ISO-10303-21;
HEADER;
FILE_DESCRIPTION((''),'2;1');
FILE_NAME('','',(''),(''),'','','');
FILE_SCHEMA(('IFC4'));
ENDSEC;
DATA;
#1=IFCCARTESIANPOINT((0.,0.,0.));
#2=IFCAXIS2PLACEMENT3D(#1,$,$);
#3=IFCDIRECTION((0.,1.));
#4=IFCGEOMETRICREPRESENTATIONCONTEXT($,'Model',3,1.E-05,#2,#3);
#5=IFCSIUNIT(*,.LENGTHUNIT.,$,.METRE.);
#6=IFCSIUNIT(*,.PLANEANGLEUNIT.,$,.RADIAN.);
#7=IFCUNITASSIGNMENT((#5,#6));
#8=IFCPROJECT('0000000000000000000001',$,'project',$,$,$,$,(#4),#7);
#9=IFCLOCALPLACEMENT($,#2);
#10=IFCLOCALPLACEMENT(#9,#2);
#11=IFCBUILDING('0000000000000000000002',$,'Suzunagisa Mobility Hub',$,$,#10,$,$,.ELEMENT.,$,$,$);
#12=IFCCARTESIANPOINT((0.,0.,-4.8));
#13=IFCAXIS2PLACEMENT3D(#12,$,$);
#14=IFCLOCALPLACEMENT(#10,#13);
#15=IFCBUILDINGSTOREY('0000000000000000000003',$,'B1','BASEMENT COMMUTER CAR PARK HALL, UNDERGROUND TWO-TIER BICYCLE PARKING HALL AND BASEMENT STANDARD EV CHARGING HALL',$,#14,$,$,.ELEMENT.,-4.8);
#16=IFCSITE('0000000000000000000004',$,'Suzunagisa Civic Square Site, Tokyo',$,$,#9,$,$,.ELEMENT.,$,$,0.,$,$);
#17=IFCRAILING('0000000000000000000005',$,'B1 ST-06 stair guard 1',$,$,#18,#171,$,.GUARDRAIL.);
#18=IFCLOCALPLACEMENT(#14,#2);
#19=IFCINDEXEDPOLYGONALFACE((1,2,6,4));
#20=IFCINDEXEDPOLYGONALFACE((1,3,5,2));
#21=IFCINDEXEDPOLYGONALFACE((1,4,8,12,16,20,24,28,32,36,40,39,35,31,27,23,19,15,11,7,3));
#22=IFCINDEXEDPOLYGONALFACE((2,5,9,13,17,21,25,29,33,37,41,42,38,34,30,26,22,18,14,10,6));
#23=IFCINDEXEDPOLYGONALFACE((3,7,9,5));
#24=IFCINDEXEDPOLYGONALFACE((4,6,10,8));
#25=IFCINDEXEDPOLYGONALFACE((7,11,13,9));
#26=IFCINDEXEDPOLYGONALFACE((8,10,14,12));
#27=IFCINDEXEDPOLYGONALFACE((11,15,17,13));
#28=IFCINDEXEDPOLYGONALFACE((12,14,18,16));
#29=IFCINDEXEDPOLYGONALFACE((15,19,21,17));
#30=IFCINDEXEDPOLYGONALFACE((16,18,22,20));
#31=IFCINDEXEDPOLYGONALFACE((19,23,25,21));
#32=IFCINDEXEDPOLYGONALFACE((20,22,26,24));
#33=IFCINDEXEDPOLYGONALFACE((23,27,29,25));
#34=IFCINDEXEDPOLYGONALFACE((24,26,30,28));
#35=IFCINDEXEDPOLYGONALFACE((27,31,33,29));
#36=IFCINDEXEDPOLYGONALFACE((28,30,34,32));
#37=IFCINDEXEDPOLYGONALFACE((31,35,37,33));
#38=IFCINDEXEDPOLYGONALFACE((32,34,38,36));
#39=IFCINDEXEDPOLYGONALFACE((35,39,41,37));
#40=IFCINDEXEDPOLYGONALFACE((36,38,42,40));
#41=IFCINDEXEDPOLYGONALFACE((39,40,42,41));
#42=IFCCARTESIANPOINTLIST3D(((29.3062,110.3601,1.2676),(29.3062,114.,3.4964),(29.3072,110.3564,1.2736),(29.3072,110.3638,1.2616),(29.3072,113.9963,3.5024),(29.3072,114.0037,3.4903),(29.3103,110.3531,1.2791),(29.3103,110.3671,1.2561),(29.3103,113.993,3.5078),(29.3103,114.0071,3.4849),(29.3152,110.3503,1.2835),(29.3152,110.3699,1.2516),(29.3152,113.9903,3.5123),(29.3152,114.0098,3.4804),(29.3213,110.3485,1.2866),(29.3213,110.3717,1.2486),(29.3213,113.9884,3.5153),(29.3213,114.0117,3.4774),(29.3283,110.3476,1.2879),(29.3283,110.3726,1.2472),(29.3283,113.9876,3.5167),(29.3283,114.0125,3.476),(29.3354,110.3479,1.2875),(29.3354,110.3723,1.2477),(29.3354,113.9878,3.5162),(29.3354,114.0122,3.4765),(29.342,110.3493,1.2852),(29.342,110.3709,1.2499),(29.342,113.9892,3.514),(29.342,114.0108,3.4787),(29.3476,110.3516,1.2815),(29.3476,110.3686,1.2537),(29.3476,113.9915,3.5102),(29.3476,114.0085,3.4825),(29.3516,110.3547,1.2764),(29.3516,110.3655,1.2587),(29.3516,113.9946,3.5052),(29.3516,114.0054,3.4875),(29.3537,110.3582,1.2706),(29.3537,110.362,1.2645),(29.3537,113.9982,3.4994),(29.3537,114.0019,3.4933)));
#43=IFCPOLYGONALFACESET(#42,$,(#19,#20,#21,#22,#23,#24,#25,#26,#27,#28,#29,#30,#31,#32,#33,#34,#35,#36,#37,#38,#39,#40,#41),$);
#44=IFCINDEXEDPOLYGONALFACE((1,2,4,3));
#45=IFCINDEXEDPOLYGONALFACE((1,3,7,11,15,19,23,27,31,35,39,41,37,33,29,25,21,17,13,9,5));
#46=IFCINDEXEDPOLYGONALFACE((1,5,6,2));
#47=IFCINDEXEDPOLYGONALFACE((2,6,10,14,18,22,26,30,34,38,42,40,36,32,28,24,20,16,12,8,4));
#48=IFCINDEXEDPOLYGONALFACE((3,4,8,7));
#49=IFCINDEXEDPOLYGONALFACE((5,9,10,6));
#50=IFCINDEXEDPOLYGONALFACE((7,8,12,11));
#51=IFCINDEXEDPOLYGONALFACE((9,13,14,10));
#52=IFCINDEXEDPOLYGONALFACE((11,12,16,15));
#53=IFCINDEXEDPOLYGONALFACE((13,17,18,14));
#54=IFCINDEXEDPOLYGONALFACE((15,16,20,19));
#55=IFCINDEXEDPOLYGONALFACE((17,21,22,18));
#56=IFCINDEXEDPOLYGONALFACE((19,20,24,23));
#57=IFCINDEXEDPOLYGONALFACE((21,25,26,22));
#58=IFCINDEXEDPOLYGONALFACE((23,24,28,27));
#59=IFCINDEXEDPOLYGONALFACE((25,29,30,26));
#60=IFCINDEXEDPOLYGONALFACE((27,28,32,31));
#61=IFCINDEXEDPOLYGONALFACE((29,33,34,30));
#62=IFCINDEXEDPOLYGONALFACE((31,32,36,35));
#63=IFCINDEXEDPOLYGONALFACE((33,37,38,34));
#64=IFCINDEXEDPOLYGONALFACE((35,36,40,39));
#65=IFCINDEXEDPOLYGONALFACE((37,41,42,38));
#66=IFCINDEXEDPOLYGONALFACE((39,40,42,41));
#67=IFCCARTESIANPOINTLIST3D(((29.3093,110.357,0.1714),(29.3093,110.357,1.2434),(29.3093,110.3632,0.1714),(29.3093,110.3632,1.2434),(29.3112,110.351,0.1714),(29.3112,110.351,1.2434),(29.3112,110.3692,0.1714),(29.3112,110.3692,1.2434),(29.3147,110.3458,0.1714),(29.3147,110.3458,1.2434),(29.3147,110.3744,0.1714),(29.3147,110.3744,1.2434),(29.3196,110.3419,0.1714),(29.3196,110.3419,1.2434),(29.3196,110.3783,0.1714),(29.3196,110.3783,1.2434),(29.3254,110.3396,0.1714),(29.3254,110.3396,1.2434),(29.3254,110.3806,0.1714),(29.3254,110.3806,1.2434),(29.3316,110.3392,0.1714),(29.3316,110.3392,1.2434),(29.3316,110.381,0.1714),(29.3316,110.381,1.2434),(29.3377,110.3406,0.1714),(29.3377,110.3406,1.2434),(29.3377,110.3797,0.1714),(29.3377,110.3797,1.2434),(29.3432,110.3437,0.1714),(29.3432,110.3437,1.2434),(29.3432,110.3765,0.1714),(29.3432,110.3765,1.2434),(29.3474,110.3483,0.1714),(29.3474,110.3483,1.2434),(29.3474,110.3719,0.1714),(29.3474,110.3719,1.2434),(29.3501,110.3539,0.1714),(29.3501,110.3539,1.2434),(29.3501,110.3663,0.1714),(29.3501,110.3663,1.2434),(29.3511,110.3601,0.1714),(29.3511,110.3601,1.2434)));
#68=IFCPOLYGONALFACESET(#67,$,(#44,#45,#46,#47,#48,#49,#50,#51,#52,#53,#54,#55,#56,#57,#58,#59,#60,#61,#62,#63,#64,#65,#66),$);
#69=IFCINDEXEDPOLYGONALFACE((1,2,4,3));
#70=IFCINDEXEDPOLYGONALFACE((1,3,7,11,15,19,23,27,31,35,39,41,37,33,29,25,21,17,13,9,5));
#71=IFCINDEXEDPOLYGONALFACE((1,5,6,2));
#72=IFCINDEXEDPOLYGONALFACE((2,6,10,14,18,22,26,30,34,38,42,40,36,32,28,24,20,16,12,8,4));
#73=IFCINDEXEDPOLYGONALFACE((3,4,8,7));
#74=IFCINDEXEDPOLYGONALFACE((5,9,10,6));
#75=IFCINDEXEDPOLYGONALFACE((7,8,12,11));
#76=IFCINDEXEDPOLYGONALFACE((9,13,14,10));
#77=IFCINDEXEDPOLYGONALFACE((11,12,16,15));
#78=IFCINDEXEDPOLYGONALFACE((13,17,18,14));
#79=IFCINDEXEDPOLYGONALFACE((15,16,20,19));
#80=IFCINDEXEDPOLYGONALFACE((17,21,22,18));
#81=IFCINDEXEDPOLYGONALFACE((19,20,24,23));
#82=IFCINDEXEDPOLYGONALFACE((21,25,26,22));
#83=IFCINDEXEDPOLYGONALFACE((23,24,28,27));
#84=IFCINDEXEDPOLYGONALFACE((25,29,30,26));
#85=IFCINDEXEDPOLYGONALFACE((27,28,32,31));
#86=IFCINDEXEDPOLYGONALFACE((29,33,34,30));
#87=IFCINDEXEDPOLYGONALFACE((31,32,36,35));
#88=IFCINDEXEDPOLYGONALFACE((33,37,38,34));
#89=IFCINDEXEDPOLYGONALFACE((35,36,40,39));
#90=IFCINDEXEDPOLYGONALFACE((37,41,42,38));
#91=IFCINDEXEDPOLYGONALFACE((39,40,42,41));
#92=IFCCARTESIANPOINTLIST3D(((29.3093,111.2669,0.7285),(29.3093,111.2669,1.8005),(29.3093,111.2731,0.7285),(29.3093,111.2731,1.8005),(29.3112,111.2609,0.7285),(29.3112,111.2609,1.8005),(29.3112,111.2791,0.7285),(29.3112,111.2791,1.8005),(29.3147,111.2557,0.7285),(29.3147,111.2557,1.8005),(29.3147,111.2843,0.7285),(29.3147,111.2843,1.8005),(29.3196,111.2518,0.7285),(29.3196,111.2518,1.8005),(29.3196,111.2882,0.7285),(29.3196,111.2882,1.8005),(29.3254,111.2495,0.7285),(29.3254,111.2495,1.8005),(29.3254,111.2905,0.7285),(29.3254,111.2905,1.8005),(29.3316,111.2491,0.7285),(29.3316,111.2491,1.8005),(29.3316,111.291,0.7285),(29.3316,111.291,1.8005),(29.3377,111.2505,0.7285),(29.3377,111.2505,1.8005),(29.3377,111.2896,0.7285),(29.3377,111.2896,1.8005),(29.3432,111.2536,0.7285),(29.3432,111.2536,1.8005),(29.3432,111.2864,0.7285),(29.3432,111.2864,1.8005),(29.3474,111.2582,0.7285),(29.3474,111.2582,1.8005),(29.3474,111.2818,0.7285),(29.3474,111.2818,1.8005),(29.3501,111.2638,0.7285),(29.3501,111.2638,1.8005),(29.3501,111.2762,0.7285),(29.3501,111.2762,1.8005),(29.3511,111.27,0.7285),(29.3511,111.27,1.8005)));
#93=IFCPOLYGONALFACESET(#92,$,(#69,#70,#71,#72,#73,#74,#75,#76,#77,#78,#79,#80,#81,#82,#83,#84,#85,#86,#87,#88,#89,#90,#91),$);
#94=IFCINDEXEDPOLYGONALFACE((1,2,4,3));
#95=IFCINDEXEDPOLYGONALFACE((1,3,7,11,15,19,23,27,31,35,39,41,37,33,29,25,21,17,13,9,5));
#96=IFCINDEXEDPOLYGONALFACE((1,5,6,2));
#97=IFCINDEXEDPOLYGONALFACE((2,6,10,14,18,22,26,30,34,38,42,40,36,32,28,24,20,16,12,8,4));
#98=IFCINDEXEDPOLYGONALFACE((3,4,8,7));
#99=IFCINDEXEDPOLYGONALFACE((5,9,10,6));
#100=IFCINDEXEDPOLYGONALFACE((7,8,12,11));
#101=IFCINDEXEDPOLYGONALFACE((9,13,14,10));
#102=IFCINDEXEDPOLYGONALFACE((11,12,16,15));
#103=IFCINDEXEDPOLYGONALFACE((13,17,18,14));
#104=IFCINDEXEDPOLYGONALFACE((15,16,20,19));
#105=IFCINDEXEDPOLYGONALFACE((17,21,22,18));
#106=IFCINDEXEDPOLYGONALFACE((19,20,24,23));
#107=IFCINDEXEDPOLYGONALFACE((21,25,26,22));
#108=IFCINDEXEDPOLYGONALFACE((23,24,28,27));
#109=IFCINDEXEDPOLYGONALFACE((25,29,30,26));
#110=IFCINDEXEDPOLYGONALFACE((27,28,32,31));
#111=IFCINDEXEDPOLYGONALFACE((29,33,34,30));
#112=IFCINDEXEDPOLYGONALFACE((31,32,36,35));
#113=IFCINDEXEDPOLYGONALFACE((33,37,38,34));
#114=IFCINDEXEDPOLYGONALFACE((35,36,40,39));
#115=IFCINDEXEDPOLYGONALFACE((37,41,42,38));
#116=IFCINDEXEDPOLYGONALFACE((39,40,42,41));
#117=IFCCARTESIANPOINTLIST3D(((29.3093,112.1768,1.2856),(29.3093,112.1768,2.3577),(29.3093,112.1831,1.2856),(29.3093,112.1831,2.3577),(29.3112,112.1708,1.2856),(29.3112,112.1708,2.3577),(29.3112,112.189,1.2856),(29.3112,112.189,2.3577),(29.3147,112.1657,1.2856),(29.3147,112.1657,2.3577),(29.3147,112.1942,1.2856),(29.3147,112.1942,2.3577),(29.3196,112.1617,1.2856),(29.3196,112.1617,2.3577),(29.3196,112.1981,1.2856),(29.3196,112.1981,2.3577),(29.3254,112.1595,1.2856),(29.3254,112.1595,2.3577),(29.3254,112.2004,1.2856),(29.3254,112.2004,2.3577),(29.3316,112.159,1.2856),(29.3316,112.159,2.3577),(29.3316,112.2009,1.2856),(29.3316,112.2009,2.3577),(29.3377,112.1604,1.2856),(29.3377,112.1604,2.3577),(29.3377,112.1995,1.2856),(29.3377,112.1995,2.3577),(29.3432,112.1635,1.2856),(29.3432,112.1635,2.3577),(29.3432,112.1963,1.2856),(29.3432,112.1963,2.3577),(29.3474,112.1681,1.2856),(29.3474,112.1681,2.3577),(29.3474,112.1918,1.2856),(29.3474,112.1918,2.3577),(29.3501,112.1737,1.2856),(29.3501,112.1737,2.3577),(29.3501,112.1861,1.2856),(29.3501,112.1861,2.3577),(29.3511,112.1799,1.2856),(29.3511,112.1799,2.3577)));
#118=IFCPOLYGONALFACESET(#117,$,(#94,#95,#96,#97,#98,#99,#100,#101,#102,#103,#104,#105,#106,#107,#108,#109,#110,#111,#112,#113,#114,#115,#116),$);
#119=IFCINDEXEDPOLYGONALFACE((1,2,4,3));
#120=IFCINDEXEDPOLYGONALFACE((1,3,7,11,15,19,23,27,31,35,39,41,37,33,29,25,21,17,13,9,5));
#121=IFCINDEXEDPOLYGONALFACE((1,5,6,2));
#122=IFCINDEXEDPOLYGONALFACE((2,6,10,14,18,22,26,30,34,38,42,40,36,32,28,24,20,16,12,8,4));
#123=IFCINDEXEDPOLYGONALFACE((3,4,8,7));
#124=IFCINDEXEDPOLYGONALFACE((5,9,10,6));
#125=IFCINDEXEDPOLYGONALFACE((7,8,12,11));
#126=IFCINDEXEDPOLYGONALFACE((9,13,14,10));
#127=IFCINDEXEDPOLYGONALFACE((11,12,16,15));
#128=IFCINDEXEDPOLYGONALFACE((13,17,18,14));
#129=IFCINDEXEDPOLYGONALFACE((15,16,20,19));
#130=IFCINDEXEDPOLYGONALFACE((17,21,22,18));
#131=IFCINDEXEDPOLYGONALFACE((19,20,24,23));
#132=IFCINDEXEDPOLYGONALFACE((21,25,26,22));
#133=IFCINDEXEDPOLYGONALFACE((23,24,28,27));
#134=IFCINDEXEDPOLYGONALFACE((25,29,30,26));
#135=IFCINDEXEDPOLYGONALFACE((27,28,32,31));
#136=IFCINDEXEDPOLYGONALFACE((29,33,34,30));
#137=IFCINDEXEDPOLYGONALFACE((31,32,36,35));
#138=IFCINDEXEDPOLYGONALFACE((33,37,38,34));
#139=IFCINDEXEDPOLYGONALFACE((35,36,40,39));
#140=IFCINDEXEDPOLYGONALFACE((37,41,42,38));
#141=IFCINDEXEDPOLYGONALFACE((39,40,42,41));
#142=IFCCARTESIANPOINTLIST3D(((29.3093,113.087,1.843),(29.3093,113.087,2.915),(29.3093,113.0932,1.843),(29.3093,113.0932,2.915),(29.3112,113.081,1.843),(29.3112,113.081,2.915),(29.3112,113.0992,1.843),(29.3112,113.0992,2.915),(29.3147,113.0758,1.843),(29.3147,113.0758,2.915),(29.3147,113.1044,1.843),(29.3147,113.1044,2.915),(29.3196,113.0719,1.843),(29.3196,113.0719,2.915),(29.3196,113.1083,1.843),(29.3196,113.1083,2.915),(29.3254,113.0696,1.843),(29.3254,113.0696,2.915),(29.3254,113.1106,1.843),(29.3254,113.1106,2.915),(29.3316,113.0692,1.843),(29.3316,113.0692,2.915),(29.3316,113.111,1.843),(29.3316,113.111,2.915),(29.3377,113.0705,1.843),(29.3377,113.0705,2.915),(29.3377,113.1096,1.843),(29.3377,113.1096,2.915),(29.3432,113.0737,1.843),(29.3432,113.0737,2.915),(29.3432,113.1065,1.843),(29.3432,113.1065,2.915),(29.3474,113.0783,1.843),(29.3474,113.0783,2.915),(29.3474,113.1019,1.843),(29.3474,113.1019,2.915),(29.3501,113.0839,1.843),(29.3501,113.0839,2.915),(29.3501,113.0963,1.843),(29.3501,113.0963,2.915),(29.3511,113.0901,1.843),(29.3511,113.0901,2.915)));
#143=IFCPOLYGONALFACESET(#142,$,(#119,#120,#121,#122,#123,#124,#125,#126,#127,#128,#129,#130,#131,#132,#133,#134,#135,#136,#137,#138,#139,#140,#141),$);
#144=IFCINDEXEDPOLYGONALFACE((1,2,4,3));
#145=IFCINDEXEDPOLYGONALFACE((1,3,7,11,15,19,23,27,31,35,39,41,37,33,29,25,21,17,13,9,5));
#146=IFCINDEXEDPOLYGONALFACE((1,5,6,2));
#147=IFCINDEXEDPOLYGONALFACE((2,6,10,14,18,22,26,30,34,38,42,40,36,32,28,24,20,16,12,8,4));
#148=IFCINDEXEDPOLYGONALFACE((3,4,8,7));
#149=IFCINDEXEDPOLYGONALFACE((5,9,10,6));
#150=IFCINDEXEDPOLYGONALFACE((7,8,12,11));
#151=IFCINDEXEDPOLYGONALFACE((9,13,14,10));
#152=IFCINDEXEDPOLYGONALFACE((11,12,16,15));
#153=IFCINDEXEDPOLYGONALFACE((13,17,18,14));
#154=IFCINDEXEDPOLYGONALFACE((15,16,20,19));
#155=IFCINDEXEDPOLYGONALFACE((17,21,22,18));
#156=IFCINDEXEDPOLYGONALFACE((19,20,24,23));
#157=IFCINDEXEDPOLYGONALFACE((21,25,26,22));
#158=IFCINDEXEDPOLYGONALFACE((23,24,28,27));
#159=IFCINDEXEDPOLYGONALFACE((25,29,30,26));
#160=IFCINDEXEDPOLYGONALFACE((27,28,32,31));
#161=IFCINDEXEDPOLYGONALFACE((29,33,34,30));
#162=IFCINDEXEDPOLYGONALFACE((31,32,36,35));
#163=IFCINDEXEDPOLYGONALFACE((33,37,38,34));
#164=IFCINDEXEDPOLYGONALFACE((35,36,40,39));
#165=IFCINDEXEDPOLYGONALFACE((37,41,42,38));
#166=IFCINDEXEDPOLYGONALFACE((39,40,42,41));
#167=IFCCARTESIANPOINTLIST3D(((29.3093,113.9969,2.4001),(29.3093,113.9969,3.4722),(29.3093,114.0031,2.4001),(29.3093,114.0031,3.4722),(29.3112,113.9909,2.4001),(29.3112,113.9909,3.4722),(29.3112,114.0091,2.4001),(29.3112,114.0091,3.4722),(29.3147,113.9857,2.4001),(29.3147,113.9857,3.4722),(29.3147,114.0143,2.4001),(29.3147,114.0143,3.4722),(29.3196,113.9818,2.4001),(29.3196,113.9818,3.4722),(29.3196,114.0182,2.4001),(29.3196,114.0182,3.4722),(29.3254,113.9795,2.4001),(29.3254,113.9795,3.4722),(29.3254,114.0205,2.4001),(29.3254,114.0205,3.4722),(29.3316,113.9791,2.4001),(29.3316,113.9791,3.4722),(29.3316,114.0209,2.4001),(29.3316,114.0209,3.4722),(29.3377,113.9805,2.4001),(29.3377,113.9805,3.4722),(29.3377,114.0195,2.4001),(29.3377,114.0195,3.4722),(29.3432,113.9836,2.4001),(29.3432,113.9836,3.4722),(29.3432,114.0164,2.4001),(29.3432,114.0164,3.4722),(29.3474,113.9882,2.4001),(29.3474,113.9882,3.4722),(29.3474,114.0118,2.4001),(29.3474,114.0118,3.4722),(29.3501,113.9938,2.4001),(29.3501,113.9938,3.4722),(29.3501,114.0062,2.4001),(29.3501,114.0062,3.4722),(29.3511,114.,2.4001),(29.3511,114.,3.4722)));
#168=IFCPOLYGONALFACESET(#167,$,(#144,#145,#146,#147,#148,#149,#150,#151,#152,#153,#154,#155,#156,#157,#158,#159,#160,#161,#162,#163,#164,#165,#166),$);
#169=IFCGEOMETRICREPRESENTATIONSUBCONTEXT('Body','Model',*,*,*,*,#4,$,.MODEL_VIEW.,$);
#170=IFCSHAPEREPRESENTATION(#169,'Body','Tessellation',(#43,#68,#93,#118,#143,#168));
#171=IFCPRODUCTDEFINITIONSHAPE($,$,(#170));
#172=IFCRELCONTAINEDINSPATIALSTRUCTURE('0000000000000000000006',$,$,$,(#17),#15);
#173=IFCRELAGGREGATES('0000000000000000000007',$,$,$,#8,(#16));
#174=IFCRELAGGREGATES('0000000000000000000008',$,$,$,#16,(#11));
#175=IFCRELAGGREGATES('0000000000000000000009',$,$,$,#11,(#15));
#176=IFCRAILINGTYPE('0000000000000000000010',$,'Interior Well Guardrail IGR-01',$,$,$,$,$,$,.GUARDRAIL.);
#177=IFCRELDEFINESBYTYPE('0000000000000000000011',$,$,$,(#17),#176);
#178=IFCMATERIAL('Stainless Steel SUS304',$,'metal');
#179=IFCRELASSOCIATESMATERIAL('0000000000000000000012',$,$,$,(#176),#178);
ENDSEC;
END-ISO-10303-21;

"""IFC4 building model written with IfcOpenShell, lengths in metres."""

from ifc_helpers import new_model, si_unit, direction, frame, origin, origin_2d, place, context, subcontext, project, spatial, circle, extrude, material, type_object, element, save


model = new_model("IFC4")

# Units and contexts
model_context = context("Model", 3, precision=1e-05, world=origin(), true_north=direction((0.0, 1.0)))
body_context = subcontext(model_context, "Body", "Model", "MODEL_VIEW")
ifc_project = project(units=[si_unit("LENGTHUNIT", "METRE"), si_unit("PLANEANGLEUNIT", "RADIAN")], contexts=[model_context])

# Site, building, storey
site_placement = place(None, origin())
site = spatial("IfcSite", under=ifc_project, at=site_placement, Name="Suzunagisa Civic Square Site, Tokyo", CompositionType="ELEMENT", RefElevation=0.0)
building_placement = place(site_placement, origin())
building = spatial("IfcBuilding", under=site, at=building_placement, Name="Suzunagisa Mobility Hub", CompositionType="ELEMENT")
storey_placement = place(building_placement, frame((0.0, 0.0, -4.8)))
storey = spatial("IfcBuildingStorey", under=building, at=storey_placement, Name="B1", Description="BASEMENT COMMUTER CAR PARK HALL, UNDERGROUND TWO-TIER BICYCLE PARKING HALL AND BASEMENT STANDARD EV CHARGING HALL", CompositionType="ELEMENT", Elevation=-4.8)

# Railing
ifc_material_1 = material(Name="Stainless Steel SUS304", Category="metal")
railing_type_1 = type_object("IfcRailingType", Name="Interior Well Guardrail IGR-01", PredefinedType="GUARDRAIL", material=ifc_material_1)
railing_1_placement = place(storey_placement, frame((29.3301, 110.3601, 0.1714)))
element("IfcRailing", 1, at=railing_1_placement, inside=storey, type_object=railing_type_1, Name="B1 ST-06 stair guard 1", PredefinedType="GUARDRAIL", context=body_context, shape_type="SweptSolid", body=[
    extrude(circle(Radius=0.0239, at=origin_2d()), frame((0.0, 0.0, 1.0962), z_axis=(0.0, 0.852825, 0.522197), x_axis=(-1.0, 0.0, 0.0)), (0.0, 0.0, 1.0), 4.2681),
    extrude(circle(Radius=0.021, at=origin_2d()), origin(), (0.0, 0.0, 1.0), 1.072),
    extrude(circle(Radius=0.021, at=origin_2d()), frame((0.0, 0.9099, 0.5571)), (0.0, 0.0, 1.0), 1.072),
    extrude(circle(Radius=0.021, at=origin_2d()), frame((0.0, 1.8198, 1.1143)), (0.0, 0.0, 1.0), 1.072),
    extrude(circle(Radius=0.021, at=origin_2d()), frame((0.0, 2.73, 1.6716)), (0.0, 0.0, 1.0), 1.072),
    extrude(circle(Radius=0.021, at=origin_2d()), frame((0.0, 3.6399, 2.2288)), (0.0, 0.0, 1.0), 1.072),
])

save(model, "model.ifc")
